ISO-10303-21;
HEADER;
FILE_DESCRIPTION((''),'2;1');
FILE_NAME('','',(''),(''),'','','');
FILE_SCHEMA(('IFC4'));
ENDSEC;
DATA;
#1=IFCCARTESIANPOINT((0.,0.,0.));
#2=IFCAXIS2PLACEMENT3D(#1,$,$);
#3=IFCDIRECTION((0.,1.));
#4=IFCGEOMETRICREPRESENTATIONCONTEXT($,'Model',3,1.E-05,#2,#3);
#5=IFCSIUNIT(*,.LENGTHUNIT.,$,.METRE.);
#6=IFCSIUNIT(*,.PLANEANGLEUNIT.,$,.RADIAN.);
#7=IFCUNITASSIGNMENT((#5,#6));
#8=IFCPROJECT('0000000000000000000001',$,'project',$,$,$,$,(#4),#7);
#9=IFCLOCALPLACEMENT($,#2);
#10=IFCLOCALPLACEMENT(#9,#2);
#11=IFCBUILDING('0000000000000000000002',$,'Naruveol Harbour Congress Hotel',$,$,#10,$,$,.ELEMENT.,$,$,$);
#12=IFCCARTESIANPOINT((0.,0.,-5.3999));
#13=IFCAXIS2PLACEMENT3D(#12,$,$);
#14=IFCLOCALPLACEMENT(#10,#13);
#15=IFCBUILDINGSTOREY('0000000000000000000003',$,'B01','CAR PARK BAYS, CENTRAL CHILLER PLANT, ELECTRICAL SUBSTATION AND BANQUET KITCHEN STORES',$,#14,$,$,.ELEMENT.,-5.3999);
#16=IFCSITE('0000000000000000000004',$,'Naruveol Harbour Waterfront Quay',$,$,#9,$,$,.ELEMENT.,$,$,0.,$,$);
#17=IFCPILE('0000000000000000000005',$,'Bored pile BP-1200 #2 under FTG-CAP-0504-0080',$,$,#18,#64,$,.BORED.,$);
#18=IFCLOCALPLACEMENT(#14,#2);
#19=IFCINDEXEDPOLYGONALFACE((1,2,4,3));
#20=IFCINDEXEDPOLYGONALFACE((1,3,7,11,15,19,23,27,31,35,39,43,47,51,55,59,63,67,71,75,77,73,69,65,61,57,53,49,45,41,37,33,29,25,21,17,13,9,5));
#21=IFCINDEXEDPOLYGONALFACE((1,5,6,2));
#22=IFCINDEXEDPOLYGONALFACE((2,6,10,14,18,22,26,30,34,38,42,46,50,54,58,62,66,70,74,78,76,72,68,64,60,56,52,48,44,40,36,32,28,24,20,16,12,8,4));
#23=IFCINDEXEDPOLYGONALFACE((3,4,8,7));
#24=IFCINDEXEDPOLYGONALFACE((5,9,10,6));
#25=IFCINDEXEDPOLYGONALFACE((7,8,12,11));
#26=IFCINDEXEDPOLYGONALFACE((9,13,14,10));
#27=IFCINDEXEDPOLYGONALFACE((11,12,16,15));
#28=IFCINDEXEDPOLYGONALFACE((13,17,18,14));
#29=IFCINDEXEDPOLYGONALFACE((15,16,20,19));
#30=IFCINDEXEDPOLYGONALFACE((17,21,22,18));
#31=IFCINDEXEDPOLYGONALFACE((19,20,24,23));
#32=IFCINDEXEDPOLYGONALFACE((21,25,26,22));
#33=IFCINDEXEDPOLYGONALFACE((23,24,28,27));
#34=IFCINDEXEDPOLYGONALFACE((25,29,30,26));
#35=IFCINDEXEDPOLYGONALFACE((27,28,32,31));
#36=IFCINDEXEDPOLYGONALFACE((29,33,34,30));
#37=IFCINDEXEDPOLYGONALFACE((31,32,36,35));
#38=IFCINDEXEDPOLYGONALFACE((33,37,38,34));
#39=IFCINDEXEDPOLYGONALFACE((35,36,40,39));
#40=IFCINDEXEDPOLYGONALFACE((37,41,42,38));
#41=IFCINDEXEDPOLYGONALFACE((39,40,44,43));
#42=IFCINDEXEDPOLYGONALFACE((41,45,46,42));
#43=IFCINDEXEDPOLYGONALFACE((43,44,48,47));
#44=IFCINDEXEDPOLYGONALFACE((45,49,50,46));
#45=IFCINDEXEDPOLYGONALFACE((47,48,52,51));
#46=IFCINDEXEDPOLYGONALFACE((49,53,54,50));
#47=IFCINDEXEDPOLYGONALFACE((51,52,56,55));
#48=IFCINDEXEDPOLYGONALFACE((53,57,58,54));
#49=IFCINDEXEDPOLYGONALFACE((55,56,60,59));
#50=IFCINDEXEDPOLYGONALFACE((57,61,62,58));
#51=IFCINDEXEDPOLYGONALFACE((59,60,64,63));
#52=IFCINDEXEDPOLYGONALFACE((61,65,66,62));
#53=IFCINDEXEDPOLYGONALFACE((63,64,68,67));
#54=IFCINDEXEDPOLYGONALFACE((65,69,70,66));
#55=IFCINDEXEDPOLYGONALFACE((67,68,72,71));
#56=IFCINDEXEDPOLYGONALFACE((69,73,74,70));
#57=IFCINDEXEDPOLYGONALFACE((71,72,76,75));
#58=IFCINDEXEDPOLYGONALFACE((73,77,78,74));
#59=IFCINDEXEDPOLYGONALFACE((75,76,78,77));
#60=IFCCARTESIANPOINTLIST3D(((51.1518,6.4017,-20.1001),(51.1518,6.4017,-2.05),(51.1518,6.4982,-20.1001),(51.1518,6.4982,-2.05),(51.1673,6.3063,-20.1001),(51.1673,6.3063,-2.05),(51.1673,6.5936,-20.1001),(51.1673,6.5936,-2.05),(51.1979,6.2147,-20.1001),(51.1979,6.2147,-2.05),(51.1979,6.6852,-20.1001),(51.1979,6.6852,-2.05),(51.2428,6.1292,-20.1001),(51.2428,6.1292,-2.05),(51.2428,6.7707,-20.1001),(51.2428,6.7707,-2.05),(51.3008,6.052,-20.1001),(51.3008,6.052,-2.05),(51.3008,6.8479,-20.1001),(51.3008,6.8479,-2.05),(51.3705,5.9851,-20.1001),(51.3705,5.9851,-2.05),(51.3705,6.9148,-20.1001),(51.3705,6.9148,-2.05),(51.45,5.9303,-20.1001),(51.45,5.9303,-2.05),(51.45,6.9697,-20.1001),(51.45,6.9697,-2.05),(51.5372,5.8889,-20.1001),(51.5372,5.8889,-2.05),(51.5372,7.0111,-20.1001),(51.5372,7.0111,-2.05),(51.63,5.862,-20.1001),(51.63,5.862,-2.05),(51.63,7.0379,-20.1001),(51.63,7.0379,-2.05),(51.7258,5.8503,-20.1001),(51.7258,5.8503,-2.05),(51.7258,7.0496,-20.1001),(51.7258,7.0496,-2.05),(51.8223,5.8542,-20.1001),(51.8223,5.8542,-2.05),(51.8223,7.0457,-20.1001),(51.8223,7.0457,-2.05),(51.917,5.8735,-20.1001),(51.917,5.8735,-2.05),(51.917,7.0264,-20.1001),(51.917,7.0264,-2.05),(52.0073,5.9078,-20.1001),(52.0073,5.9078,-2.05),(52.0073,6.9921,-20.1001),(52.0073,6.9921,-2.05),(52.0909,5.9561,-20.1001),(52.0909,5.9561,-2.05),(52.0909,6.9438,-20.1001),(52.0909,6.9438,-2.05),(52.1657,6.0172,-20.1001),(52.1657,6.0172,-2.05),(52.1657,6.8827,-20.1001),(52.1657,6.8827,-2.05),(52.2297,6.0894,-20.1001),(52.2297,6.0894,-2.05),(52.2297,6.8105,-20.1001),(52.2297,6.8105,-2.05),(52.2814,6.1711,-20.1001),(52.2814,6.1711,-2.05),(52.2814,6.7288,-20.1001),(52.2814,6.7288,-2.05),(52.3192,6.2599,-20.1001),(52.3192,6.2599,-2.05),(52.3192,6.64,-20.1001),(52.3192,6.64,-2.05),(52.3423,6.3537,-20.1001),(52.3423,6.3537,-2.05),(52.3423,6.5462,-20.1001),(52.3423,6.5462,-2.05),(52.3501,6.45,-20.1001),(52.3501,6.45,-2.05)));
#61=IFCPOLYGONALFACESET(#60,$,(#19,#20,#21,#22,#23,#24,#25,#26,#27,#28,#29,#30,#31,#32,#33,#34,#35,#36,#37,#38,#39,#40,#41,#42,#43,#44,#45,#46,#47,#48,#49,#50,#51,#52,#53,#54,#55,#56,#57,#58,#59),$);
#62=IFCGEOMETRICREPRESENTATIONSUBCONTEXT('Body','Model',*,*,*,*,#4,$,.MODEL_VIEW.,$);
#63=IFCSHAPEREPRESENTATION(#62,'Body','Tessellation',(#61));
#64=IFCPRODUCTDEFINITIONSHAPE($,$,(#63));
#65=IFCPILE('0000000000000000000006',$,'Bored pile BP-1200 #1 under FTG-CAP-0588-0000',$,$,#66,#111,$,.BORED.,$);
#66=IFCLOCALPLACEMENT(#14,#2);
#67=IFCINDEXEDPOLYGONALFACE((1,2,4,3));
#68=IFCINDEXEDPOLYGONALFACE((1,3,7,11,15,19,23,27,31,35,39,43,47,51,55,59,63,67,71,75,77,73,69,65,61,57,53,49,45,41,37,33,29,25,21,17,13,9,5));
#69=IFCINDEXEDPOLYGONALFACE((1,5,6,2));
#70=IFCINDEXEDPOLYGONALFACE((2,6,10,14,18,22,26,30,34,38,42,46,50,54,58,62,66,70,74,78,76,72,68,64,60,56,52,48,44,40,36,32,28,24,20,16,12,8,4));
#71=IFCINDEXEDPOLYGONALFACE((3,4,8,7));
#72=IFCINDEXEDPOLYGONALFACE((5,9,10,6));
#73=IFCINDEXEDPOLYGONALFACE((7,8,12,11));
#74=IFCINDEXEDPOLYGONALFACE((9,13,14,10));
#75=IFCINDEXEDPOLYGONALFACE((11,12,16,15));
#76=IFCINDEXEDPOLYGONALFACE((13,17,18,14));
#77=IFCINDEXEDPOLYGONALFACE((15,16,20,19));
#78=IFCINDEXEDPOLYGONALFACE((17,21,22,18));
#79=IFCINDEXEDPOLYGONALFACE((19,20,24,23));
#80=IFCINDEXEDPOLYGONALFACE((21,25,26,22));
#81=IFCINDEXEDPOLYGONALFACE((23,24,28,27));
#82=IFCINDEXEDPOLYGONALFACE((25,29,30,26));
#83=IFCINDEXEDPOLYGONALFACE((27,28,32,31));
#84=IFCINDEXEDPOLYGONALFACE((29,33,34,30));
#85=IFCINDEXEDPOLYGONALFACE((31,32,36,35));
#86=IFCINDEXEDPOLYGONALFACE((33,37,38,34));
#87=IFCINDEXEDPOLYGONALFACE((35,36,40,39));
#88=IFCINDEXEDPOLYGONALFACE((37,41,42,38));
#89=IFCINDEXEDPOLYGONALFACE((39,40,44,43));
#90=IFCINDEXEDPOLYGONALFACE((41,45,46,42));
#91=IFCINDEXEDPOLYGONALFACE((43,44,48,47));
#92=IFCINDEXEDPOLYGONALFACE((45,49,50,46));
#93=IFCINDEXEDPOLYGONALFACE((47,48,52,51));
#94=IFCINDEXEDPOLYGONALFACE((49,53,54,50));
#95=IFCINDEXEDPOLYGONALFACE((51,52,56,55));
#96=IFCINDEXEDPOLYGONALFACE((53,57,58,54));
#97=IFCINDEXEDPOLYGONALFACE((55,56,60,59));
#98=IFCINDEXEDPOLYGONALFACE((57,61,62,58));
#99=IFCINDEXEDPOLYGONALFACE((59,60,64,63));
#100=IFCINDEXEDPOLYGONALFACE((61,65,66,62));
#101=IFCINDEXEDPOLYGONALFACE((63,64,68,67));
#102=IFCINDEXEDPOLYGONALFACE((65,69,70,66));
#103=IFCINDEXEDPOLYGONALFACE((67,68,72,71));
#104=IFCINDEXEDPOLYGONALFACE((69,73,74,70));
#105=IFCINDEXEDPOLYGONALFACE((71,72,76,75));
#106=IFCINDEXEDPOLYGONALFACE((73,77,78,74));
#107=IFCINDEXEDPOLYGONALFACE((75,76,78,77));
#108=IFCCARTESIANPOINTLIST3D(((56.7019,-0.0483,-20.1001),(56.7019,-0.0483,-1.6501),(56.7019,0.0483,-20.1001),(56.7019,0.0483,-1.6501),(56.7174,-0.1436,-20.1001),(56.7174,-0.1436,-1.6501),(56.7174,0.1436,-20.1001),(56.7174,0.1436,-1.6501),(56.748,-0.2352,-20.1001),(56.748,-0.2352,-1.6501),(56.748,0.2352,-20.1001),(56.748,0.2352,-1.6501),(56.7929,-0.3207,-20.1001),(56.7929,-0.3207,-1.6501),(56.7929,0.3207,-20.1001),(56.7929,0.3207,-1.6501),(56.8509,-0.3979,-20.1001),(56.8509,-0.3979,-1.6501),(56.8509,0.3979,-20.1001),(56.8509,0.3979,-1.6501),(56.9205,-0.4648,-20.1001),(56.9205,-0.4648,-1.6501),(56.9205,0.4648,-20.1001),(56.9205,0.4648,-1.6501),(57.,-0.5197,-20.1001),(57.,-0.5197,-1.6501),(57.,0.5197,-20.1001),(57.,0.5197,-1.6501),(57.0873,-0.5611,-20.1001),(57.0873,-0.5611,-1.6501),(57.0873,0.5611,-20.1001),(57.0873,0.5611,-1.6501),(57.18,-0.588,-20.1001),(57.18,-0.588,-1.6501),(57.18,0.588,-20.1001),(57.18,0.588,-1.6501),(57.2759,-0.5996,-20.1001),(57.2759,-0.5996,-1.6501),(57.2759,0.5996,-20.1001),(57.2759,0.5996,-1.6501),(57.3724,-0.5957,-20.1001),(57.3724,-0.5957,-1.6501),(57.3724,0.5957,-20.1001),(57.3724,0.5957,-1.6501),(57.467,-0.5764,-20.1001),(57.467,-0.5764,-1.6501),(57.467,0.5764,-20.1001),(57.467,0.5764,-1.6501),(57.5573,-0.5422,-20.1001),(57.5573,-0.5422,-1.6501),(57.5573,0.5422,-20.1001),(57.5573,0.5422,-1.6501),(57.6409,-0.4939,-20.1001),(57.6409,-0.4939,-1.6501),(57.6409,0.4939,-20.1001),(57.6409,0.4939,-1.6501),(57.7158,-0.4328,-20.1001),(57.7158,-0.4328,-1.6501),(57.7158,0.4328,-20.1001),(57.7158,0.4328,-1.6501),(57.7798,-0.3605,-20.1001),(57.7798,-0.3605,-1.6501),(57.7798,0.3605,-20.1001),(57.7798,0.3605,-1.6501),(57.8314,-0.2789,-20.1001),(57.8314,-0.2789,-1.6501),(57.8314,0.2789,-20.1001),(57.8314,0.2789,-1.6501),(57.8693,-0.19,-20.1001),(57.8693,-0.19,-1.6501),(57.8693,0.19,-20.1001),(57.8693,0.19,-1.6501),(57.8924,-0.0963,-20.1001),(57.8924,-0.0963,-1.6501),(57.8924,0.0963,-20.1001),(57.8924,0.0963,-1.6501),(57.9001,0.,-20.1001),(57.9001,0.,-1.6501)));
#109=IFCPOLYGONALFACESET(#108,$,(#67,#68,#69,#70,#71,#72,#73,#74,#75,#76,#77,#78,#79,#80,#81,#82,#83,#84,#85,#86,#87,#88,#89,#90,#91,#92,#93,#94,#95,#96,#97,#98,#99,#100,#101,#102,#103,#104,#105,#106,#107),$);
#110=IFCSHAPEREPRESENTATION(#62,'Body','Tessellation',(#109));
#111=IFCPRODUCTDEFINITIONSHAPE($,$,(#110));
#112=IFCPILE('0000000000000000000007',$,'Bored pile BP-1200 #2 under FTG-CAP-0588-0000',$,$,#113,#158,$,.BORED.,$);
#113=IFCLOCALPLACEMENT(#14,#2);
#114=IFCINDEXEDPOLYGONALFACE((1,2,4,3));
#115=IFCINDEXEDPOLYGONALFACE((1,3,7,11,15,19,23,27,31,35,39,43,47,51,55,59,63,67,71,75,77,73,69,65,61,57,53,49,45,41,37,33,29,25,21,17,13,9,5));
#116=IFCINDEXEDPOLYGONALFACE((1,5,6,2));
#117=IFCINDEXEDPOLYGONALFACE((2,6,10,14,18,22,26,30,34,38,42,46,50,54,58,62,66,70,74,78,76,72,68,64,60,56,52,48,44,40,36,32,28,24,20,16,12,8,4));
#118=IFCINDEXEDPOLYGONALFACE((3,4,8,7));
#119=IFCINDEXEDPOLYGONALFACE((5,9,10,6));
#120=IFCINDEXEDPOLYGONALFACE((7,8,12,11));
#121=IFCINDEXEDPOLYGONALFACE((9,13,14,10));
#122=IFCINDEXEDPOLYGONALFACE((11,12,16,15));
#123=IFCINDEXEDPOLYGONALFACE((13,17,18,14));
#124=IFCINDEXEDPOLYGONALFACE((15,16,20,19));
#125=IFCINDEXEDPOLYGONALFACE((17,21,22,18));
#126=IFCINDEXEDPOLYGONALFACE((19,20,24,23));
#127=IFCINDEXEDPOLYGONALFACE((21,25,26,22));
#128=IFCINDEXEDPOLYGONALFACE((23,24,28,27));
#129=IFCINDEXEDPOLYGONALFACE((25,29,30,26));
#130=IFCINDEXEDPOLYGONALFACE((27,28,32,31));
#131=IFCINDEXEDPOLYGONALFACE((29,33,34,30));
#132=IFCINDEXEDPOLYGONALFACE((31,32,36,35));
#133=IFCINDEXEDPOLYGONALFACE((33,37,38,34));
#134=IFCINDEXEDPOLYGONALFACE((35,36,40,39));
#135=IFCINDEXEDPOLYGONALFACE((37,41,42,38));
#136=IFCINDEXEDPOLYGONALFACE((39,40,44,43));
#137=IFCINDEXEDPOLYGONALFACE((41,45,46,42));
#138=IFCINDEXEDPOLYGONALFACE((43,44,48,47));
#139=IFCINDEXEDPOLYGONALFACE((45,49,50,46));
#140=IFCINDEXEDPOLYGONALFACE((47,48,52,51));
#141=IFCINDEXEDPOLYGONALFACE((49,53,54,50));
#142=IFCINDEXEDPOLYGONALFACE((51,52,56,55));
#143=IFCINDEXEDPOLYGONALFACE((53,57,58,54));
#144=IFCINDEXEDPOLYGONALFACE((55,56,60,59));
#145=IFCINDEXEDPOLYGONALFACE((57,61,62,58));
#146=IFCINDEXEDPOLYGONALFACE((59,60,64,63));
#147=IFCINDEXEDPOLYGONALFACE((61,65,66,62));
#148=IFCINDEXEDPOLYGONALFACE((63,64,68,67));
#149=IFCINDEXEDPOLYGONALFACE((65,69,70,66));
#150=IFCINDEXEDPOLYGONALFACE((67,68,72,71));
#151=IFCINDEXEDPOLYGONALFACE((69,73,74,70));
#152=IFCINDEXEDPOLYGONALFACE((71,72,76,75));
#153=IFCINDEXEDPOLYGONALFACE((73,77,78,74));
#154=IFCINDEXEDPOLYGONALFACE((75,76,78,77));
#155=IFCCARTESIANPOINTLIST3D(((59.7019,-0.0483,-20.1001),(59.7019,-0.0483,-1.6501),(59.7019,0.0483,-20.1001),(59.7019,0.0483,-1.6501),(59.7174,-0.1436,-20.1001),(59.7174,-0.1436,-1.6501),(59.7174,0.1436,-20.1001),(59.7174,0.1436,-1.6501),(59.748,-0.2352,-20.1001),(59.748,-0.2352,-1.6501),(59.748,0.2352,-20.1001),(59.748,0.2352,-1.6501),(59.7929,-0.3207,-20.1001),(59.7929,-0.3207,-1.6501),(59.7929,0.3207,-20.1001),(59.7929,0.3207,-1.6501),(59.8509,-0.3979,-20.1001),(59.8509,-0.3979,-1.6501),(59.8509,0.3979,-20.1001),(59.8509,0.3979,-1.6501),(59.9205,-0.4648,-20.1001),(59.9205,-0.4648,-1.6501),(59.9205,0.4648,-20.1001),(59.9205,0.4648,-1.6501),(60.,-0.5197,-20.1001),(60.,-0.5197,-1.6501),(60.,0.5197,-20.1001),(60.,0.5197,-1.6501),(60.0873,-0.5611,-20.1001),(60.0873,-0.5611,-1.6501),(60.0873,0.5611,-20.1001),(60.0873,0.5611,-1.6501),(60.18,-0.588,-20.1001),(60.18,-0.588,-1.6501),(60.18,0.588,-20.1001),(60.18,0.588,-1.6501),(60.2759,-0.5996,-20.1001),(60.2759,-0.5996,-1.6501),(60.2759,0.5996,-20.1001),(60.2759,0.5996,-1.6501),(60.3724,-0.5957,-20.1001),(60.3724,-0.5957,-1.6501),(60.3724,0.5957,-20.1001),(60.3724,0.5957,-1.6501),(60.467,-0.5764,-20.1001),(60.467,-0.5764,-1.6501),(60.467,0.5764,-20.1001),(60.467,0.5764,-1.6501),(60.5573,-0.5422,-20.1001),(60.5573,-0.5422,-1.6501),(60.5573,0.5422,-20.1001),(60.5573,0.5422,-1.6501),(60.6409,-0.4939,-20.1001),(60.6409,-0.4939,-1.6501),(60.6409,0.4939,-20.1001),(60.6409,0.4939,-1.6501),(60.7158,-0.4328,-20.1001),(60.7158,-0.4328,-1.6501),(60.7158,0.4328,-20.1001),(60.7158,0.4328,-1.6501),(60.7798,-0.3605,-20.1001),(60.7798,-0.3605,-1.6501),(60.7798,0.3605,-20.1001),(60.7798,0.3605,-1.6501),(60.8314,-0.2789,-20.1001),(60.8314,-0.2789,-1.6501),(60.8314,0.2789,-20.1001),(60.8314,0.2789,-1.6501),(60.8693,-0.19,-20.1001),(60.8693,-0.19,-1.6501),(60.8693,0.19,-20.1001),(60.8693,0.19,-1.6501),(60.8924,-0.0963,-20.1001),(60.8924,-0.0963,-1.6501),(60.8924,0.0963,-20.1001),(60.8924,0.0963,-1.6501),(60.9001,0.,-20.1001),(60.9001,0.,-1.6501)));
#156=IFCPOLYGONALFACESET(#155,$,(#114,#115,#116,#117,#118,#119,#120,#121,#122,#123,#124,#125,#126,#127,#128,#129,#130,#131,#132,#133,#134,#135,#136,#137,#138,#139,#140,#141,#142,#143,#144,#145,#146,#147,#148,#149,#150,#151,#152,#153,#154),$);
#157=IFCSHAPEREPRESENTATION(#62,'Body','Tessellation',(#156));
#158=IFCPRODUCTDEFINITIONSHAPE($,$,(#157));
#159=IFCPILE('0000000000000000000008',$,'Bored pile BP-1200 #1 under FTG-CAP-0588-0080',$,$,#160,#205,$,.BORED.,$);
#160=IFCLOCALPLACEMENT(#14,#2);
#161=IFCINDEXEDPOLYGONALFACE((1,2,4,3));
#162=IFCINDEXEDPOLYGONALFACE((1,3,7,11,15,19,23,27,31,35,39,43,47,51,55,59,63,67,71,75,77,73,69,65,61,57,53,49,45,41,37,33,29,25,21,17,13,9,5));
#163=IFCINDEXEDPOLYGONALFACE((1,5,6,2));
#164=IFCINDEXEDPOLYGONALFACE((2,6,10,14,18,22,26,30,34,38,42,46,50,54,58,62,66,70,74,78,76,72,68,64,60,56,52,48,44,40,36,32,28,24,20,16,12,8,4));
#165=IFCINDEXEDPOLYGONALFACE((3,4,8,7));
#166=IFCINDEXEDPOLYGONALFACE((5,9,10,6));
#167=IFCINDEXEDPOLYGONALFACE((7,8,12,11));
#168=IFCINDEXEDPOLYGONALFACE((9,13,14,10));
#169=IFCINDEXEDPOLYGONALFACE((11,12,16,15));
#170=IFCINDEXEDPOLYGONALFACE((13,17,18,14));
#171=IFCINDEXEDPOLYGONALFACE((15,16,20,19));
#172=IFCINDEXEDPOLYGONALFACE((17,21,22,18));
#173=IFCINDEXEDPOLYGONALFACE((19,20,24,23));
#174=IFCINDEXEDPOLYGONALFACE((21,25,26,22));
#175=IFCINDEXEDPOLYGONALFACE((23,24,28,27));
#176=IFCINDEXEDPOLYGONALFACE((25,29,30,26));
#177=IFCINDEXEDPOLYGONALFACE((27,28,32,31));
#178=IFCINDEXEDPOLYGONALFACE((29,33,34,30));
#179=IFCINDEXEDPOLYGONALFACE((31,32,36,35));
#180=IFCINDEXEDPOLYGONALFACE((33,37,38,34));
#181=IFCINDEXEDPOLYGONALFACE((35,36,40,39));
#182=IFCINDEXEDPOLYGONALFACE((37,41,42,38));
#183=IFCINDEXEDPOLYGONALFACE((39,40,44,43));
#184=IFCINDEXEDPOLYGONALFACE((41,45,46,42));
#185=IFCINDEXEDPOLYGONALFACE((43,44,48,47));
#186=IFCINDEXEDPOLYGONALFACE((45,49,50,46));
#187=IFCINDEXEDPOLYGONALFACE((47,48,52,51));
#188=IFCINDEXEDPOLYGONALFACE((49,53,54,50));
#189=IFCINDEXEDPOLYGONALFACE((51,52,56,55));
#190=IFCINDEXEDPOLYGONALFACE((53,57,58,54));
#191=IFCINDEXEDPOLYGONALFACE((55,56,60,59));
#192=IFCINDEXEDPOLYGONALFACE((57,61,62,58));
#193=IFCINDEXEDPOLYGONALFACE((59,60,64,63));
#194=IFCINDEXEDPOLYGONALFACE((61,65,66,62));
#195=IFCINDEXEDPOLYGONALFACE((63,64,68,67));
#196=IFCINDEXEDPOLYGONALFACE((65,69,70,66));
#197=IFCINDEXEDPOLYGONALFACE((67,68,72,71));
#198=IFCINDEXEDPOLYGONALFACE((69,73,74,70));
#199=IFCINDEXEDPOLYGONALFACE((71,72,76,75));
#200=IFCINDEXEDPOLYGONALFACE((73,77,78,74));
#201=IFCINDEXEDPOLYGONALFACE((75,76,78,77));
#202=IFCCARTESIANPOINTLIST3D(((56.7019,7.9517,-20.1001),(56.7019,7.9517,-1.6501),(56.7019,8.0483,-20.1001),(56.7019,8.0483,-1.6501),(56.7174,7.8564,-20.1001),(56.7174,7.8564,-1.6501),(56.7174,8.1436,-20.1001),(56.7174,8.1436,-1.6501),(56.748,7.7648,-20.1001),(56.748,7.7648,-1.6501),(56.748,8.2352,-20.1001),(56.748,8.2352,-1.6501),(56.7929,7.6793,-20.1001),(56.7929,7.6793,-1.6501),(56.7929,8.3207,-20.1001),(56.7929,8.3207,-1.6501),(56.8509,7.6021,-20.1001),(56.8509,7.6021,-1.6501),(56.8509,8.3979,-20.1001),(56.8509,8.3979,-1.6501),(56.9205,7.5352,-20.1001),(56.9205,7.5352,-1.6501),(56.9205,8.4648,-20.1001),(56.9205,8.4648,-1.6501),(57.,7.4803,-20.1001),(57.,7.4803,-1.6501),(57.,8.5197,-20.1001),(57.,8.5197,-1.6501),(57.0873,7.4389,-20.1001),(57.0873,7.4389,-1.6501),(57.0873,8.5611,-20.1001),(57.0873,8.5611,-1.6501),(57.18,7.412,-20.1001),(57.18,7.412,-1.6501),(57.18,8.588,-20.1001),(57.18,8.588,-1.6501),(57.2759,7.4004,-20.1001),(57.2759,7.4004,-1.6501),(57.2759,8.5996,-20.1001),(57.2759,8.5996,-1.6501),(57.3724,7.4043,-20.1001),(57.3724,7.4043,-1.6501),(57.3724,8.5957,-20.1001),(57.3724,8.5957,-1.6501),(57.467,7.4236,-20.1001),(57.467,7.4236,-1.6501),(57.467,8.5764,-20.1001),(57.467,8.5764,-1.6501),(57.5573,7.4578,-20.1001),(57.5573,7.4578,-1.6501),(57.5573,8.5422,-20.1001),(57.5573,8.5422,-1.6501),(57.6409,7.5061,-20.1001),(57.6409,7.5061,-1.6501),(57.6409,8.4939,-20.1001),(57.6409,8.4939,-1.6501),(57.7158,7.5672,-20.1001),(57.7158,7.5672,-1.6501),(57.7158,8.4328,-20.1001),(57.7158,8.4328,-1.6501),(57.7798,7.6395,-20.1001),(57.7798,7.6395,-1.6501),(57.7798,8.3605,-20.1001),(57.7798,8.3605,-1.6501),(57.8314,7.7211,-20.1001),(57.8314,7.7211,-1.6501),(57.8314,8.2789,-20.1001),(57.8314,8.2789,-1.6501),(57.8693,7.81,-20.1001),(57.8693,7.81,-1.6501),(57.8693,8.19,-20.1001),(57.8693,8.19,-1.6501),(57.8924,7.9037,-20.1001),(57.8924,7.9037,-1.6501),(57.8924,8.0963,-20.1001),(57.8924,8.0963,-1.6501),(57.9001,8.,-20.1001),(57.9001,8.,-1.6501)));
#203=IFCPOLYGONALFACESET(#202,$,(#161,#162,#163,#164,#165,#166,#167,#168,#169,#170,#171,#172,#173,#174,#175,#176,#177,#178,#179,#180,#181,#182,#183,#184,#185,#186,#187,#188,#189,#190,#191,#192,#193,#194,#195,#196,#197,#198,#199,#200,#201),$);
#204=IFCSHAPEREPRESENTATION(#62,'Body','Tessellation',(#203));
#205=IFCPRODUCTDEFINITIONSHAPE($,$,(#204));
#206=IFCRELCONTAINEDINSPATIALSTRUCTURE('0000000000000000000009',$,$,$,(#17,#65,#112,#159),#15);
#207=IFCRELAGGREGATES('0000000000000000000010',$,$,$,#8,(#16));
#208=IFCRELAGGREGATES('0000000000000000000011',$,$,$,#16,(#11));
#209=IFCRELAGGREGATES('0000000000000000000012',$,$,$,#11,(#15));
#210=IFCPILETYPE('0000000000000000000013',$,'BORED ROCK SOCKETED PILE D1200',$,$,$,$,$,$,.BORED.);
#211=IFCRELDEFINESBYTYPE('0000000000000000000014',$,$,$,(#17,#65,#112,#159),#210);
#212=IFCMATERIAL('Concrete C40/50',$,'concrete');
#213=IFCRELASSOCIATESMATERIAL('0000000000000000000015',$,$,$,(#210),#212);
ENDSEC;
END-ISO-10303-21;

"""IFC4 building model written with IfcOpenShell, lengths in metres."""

from ifc_helpers import new_model, si_unit, direction, frame, origin, origin_2d, place, context, subcontext, project, spatial, circle, extrude, material, material_profile, profile_set, type_object, element, save


model = new_model("IFC4")

# Units and contexts
model_context = context("Model", 3, precision=1e-05, world=origin(), true_north=direction((0.0, 1.0)))
body_context = subcontext(model_context, "Body", "Model", "MODEL_VIEW")
ifc_project = project(units=[si_unit("LENGTHUNIT", "METRE"), si_unit("PLANEANGLEUNIT", "RADIAN")], contexts=[model_context])

# Site, building, storey
site_placement = place(None, origin())
site = spatial("IfcSite", under=ifc_project, at=site_placement, Name="Naruveol Harbour Waterfront Quay", CompositionType="ELEMENT", RefElevation=0.0)
building_placement = place(site_placement, origin())
building = spatial("IfcBuilding", under=site, at=building_placement, Name="Naruveol Harbour Congress Hotel", CompositionType="ELEMENT")
storey_placement = place(building_placement, frame((0.0, 0.0, -5.3999)))
storey = spatial("IfcBuildingStorey", under=building, at=storey_placement, Name="B01", Description="CAR PARK BAYS, CENTRAL CHILLER PLANT, ELECTRICAL SUBSTATION AND BANQUET KITCHEN STORES", CompositionType="ELEMENT", Elevation=-5.3999)

# Piles
ifc_material_1 = material(Name="Concrete C40/50", Category="concrete")
ifc_material_profile_1 = material_profile(ifc_material_1, circle(Radius=0.6001, at=origin_2d()), Name="BP-1200")
ifc_profile_set_1 = profile_set([ifc_material_profile_1], Name="Concrete C40/50")
pile_type_1 = type_object("IfcPileType", Name="BORED ROCK SOCKETED PILE D1200", PredefinedType="BORED", material=ifc_profile_set_1)
pile_1_placement = place(storey_placement, frame((51.75, 6.45, -2.05), z_axis=(0.0, 0.0, -1.0), x_axis=(1.0, 0.0, 0.0)))
element("IfcPile", 1, at=pile_1_placement, inside=storey, type_object=pile_type_1, Name="Bored pile BP-1200 #2 under FTG-CAP-0504-0080", PredefinedType="BORED", context=body_context, shape_type="SweptSolid", body=[
    extrude(circle(Radius=0.6001, at=origin_2d()), origin(), (0.0, 0.0, 1.0), 18.05),
])
for number, where, z_axis, x_axis, name in (
    (2, (57.3, 0.0, -1.6501), (0.0, 0.0, -1.0), (1.0, 0.0, 0.0), "Bored pile BP-1200 #1 under FTG-CAP-0588-0000"),
    (3, (60.3, 0.0, -1.6501), (0.0, 0.0, -1.0), (1.0, 0.0, 0.0), "Bored pile BP-1200 #2 under FTG-CAP-0588-0000"),
    (4, (57.3, 8.0, -1.6501), (0.0, 0.0, -1.0), (1.0, 0.0, 0.0), "Bored pile BP-1200 #1 under FTG-CAP-0588-0080"),
):
    element("IfcPile", number, at=place(storey_placement, frame(where, z_axis=z_axis, x_axis=x_axis)), inside=storey, type_object=pile_type_1, Name=name, PredefinedType="BORED", context=body_context, shape_type="SweptSolid", body=[
        extrude(circle(Radius=0.6001, at=origin_2d()), origin(), (0.0, 0.0, 1.0), 18.45),
    ])

save(model, "model.ifc")
